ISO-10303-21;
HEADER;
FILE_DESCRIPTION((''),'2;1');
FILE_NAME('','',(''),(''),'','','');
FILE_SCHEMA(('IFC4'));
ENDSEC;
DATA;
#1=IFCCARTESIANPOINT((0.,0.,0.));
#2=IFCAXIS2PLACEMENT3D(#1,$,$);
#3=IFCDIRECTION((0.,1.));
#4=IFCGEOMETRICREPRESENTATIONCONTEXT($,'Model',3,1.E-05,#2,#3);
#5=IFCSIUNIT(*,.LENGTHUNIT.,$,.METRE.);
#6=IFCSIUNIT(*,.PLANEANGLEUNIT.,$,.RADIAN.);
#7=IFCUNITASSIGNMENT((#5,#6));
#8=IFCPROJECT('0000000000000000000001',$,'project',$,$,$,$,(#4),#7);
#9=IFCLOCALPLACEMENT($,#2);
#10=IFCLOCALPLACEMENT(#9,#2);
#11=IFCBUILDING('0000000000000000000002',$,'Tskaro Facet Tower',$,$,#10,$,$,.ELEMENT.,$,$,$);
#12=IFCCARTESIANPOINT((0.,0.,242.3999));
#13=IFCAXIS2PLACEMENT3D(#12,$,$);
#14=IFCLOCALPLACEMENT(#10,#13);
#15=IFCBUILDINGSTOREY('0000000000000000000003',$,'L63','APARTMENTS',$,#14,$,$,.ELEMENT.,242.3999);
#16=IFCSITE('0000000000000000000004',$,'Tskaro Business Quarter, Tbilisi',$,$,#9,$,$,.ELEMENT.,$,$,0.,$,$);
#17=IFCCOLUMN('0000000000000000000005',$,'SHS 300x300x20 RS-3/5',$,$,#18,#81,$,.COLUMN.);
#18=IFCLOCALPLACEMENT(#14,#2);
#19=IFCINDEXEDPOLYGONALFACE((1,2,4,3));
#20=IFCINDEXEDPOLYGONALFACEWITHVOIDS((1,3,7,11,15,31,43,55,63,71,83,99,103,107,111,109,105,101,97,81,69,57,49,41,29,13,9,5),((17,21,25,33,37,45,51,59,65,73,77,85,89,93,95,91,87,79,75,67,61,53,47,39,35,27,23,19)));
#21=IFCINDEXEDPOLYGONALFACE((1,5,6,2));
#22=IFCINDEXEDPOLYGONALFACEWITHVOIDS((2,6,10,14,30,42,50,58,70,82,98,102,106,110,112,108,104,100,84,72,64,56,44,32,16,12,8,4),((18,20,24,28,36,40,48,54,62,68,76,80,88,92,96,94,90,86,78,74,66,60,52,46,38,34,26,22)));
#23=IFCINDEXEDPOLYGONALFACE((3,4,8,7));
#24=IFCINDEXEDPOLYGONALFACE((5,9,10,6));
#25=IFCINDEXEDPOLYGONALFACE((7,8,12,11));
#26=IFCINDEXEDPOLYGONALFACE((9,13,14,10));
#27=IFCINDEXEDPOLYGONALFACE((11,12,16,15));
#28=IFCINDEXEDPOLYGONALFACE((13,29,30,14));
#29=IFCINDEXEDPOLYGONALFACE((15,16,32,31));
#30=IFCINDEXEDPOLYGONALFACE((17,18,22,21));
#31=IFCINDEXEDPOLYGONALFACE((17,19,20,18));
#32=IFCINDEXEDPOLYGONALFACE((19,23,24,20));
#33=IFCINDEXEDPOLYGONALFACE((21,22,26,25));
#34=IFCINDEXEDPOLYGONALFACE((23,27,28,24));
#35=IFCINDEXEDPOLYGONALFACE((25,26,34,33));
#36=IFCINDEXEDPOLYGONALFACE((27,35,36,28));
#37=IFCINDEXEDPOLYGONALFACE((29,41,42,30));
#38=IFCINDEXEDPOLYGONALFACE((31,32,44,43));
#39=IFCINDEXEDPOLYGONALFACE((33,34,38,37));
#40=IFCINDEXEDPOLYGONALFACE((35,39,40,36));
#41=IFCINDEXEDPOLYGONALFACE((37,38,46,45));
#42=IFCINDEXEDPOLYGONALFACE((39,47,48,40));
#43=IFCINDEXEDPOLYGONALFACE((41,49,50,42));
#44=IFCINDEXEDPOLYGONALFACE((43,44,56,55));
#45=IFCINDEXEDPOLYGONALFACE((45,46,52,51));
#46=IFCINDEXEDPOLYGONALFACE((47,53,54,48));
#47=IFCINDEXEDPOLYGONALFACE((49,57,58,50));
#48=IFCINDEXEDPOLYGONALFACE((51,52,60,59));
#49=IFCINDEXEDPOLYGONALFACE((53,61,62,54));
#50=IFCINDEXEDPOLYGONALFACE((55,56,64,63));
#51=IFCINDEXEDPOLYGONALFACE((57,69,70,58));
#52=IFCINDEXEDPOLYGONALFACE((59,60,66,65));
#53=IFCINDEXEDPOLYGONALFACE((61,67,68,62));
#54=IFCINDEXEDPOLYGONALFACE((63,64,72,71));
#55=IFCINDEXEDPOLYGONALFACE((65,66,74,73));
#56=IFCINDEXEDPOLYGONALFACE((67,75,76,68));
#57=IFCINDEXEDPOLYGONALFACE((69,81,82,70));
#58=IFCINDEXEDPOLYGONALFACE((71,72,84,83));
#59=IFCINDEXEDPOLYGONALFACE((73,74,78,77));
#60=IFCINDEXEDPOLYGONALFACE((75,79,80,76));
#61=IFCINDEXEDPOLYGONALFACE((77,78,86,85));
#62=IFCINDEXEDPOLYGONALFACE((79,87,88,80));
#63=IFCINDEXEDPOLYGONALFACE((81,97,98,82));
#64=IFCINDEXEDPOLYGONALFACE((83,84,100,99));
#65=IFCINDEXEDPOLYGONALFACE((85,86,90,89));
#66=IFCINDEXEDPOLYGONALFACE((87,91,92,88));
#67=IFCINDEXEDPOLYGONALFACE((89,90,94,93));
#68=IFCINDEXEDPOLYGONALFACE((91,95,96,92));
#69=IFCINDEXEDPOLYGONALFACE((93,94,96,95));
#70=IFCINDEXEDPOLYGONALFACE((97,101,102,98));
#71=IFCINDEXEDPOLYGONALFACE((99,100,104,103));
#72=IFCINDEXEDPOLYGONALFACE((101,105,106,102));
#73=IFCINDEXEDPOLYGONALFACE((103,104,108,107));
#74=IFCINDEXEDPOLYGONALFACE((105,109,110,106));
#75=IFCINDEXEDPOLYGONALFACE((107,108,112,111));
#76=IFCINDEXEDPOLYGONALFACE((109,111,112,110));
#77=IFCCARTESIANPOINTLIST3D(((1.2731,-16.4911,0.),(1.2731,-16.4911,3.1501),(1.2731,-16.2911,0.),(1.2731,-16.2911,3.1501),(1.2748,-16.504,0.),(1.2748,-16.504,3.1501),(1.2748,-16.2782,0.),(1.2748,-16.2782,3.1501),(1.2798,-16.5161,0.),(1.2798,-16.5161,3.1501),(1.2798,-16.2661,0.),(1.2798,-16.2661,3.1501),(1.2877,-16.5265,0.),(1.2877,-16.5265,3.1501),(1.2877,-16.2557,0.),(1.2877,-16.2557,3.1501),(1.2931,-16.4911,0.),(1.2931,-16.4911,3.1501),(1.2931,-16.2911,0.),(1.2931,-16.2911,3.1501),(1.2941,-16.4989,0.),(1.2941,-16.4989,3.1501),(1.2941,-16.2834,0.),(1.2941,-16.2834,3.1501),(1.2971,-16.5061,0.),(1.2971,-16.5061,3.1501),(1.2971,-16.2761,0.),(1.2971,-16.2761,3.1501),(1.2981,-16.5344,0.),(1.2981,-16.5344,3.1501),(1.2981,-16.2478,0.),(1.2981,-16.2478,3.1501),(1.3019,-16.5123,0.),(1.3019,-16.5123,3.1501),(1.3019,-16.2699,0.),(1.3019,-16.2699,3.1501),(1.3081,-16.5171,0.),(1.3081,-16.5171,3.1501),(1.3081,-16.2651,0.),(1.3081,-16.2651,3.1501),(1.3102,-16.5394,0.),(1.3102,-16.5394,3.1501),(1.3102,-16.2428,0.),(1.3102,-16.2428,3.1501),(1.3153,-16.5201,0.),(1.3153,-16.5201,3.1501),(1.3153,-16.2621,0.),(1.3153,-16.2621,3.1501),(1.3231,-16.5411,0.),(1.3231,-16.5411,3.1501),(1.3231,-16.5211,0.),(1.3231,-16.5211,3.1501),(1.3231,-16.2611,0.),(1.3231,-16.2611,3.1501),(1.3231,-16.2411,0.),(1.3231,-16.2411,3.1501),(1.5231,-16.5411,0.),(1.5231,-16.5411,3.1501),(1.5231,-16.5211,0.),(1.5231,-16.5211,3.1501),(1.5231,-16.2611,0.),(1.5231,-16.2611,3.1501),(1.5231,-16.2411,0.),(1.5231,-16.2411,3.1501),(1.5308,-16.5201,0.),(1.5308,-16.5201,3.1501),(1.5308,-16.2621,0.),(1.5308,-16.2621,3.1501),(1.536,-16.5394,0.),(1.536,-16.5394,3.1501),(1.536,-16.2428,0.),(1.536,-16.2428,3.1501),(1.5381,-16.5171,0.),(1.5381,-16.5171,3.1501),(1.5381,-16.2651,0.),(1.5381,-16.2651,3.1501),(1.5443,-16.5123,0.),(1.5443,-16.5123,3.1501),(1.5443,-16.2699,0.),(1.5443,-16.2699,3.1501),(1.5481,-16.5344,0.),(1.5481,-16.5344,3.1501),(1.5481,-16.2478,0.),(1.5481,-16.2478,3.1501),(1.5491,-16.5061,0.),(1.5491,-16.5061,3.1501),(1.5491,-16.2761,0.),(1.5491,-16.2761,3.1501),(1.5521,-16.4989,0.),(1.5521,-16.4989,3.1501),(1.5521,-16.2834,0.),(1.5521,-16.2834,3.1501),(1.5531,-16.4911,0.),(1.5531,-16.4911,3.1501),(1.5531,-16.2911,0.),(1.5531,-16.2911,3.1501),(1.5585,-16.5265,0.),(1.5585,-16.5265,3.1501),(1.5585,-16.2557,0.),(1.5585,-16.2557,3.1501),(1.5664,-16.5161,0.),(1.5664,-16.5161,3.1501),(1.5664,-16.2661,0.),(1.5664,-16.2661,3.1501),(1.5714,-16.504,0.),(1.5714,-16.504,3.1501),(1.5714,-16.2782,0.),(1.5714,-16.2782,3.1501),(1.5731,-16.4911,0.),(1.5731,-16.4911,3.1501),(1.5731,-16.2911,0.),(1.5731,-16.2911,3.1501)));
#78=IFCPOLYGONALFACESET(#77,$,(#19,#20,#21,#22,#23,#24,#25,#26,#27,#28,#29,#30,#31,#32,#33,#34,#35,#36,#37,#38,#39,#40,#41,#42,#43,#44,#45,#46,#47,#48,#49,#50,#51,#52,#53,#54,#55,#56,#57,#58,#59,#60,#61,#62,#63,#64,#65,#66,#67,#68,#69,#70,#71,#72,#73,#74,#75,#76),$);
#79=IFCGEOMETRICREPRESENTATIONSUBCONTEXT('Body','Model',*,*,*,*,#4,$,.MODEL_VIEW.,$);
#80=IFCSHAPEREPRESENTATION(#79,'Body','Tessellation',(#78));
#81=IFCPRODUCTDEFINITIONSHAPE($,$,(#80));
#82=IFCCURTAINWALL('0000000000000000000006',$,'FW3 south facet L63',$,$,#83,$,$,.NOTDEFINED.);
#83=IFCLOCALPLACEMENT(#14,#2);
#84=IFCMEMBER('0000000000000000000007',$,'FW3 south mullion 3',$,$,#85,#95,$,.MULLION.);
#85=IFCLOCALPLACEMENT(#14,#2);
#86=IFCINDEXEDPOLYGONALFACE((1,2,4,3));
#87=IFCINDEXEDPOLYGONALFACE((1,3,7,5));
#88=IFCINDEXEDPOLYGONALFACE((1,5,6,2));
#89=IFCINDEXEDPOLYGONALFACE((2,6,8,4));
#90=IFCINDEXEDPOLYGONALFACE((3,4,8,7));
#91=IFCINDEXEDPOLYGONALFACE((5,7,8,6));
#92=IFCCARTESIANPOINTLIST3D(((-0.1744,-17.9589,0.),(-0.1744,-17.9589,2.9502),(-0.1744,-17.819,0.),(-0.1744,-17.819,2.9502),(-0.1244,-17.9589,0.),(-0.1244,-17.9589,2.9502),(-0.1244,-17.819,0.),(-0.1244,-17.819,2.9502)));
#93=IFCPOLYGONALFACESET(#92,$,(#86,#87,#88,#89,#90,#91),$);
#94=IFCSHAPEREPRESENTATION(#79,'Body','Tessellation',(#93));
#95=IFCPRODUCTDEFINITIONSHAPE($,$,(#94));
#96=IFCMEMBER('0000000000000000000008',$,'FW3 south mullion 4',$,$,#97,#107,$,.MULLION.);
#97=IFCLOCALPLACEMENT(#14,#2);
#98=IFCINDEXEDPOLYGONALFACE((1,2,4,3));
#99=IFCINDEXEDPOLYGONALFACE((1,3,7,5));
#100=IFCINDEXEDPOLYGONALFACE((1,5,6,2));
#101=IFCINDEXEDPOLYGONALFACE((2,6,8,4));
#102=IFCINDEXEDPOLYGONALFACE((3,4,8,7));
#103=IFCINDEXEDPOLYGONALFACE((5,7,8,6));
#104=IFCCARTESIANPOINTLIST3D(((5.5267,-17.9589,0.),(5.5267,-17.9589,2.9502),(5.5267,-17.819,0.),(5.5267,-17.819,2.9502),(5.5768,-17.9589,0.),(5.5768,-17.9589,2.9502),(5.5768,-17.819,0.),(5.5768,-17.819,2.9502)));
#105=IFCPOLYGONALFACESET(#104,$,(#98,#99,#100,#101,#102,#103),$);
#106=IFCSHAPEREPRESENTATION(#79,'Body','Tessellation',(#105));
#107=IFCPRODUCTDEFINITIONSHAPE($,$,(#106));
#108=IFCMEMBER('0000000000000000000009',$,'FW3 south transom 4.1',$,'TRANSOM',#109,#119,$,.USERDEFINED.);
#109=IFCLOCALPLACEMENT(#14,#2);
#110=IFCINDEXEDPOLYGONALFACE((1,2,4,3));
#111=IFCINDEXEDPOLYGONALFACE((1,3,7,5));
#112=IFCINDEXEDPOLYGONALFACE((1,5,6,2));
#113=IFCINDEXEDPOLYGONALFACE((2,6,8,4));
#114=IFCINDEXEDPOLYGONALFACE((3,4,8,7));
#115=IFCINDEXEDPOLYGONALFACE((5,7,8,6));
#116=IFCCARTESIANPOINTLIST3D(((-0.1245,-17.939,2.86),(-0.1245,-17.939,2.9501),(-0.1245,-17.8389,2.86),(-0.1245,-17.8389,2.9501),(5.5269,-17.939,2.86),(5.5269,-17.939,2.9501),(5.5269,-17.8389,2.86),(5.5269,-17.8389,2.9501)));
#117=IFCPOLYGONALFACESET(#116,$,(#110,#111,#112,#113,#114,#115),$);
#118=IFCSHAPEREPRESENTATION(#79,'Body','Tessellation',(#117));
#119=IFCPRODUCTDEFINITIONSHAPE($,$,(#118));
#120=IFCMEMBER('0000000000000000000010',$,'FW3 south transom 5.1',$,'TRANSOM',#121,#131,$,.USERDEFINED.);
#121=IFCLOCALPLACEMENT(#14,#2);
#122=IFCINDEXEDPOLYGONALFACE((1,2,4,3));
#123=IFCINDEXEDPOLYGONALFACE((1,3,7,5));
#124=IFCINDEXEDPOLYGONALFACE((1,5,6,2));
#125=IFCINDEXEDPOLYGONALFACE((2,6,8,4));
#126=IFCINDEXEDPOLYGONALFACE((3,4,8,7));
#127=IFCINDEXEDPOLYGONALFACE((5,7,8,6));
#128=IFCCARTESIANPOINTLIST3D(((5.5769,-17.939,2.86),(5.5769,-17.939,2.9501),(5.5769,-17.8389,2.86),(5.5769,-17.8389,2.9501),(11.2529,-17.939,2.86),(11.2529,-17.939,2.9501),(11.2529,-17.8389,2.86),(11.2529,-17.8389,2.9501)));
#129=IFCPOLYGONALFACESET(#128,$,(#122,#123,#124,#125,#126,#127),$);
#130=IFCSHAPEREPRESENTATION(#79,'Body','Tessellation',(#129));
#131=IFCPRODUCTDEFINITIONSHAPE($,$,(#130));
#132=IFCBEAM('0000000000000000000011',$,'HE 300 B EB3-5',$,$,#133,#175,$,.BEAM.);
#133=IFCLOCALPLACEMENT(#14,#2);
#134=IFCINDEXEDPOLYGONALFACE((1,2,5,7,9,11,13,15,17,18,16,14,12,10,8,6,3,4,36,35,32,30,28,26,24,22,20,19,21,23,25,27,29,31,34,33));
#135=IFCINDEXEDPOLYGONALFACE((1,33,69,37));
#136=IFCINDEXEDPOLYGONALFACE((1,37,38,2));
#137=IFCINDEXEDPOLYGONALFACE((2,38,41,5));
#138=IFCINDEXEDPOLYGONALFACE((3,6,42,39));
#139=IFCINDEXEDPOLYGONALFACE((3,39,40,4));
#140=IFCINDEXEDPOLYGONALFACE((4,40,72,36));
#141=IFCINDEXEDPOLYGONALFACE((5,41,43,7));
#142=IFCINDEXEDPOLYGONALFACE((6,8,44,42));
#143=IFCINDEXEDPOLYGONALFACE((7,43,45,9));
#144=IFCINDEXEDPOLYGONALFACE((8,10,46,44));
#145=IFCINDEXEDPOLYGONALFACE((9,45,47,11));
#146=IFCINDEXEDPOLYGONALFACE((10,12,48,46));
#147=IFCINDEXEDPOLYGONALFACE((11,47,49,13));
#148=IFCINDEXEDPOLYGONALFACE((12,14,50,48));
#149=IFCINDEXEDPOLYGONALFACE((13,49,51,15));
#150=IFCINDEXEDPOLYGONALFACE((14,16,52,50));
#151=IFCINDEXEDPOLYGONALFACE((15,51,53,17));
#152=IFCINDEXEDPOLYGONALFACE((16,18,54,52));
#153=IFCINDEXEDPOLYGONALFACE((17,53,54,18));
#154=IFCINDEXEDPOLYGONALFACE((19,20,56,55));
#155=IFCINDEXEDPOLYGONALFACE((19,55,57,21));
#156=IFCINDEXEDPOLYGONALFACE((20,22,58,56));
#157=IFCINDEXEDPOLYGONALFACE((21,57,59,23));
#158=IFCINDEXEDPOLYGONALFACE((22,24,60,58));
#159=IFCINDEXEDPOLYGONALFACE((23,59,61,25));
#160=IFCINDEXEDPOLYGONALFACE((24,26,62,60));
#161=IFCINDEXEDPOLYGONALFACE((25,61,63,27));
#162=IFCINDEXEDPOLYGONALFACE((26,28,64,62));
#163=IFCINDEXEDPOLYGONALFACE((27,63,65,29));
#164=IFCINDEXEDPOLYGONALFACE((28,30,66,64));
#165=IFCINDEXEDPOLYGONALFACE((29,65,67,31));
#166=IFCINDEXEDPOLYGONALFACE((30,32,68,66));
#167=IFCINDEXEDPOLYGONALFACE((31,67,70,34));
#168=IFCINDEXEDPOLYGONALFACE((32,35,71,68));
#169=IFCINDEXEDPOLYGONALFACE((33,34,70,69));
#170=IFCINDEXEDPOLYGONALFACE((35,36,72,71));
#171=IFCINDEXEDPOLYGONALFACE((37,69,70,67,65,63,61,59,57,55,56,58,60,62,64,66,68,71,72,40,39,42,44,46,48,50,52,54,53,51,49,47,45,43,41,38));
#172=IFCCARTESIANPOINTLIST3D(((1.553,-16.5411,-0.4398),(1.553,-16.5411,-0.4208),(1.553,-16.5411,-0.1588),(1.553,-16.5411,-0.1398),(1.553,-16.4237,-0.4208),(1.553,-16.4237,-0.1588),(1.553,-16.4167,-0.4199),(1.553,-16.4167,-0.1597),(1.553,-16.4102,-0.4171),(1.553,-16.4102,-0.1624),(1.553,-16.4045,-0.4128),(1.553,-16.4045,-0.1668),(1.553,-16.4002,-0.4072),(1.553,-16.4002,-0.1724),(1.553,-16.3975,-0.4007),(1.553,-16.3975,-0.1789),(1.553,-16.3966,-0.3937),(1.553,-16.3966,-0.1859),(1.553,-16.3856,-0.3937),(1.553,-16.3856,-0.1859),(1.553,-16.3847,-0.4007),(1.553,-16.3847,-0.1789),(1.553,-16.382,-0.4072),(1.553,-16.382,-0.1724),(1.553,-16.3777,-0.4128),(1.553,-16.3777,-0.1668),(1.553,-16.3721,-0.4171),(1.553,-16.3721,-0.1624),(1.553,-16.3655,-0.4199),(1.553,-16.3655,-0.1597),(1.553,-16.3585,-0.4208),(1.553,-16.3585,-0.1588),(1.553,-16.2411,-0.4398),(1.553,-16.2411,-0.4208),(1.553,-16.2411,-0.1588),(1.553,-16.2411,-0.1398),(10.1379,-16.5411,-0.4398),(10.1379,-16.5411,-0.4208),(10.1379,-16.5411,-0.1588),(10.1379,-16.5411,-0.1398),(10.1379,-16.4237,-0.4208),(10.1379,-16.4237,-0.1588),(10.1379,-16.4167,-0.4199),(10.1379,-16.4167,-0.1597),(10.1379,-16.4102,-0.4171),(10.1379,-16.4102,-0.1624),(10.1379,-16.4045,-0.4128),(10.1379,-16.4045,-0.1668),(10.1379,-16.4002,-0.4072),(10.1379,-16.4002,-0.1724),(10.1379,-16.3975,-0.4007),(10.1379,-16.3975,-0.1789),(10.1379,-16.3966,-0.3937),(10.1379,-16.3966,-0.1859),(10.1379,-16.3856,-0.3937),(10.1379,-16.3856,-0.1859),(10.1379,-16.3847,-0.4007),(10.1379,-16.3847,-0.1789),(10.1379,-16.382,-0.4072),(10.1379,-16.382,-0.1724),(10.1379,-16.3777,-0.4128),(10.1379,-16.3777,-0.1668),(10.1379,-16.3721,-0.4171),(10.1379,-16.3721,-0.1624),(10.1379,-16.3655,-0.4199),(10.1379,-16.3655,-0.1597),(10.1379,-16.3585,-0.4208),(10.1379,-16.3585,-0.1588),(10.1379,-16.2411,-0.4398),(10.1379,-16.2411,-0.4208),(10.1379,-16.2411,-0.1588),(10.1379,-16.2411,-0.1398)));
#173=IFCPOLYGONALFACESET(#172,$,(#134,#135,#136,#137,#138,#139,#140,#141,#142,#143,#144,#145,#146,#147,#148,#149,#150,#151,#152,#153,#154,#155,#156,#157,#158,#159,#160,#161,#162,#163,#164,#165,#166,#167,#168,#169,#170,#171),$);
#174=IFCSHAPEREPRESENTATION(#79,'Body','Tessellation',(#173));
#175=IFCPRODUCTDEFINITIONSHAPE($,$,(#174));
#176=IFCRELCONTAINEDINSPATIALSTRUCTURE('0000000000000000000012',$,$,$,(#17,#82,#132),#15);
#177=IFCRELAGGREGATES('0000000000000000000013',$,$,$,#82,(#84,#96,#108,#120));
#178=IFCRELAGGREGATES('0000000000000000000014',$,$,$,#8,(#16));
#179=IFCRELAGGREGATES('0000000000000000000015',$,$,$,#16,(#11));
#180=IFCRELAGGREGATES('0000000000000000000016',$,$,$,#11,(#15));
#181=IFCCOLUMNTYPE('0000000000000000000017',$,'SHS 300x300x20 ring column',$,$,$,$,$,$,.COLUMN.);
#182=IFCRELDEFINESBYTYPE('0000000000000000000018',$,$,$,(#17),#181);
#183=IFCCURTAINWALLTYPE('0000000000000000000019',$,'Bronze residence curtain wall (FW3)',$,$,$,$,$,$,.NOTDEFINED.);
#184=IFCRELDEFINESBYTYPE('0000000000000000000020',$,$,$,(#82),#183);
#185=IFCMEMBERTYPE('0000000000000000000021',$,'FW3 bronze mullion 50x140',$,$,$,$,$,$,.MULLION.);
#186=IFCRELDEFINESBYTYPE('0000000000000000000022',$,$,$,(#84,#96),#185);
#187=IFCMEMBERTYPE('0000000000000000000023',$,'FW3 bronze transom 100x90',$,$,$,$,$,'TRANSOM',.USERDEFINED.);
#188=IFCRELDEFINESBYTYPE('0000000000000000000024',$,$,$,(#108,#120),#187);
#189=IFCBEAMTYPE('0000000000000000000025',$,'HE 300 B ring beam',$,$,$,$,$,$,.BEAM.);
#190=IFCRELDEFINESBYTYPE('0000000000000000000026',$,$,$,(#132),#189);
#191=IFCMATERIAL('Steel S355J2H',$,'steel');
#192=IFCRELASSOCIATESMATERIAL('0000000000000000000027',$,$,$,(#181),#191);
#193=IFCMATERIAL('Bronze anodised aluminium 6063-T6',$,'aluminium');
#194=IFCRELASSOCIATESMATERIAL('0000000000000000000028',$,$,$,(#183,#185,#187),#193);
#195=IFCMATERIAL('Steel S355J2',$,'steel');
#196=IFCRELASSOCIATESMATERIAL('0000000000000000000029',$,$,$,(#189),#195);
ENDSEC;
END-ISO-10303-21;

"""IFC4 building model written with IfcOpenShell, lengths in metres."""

from ifc_helpers import new_model, si_unit, direction, frame, origin, origin_2d, place, context, subcontext, project, spatial, rectangle, hollow_rectangle, i_section, extrude, material, material_profile, profile_set, type_object, element, aggregate, save


model = new_model("IFC4")

# Units and contexts
model_context = context("Model", 3, precision=1e-05, world=origin(), true_north=direction((0.0, 1.0)))
body_context = subcontext(model_context, "Body", "Model", "MODEL_VIEW")
ifc_project = project(units=[si_unit("LENGTHUNIT", "METRE"), si_unit("PLANEANGLEUNIT", "RADIAN")], contexts=[model_context])

# Site, building, storey
site_placement = place(None, origin())
site = spatial("IfcSite", under=ifc_project, at=site_placement, Name="Tskaro Business Quarter, Tbilisi", CompositionType="ELEMENT", RefElevation=0.0)
building_placement = place(site_placement, origin())
building = spatial("IfcBuilding", under=site, at=building_placement, Name="Tskaro Facet Tower", CompositionType="ELEMENT")
storey_placement = place(building_placement, frame((0.0, 0.0, 242.3999)))
storey = spatial("IfcBuildingStorey", under=building, at=storey_placement, Name="L63", Description="APARTMENTS", CompositionType="ELEMENT", Elevation=242.3999)

# Column
ifc_material_1 = material(Name="Steel S355J2H", Category="steel")
ifc_material_profile_1 = material_profile(ifc_material_1, hollow_rectangle(XDim=0.3, YDim=0.3, WallThickness=0.02, InnerFilletRadius=0.03, OuterFilletRadius=0.05, at=origin_2d()), Name="SHS 300x300x20")
ifc_profile_set_1 = profile_set([ifc_material_profile_1], Name="Steel S355J2H")
column_type = type_object("IfcColumnType", Name="SHS 300x300x20 ring column", PredefinedType="COLUMN", material=ifc_profile_set_1)
column_placement = place(storey_placement, frame((1.4231, -16.3911, 0.0), z_axis=(0.0, 0.0, 1.0), x_axis=(1.0, 0.0, 0.0)))
element("IfcColumn", 1, at=column_placement, inside=storey, type_object=column_type, Name="SHS 300x300x20 RS-3/5", PredefinedType="COLUMN", context=body_context, shape_type="SweptSolid", body=[
    extrude(hollow_rectangle(XDim=0.3, YDim=0.3, WallThickness=0.02, InnerFilletRadius=0.03, OuterFilletRadius=0.05, at=origin_2d()), origin(), (0.0, 0.0, 1.0), 3.1501),
])

# Curtain wall, members
ifc_material_2 = material(Name="Bronze anodised aluminium 6063-T6", Category="aluminium")
curtain_wall_type = type_object("IfcCurtainWallType", Name="Bronze residence curtain wall (FW3)", PredefinedType="NOTDEFINED", material=ifc_material_2)
curtain_wall_placement = place(storey_placement, origin())
curtain_wall = element("IfcCurtainWall", 2, at=curtain_wall_placement, inside=storey, type_object=curtain_wall_type, Name="FW3 south facet L63", PredefinedType="NOTDEFINED")
ifc_material_profile_2 = material_profile(ifc_material_2, rectangle(XDim=0.05, YDim=0.1399, at=origin_2d()), Name="Mullion 50x140")
ifc_profile_set_2 = profile_set([ifc_material_profile_2], Name="Bronze anodised aluminium 6063-T6")
member_type_1 = type_object("IfcMemberType", Name="FW3 bronze mullion 50x140", PredefinedType="MULLION", material=ifc_profile_set_2)
member_1_placement = place(storey_placement, frame((-0.1494, -17.8889, 0.0), z_axis=(0.0, 0.0, 1.0), x_axis=(1.0, 0.0, 0.0)))
member_1 = element("IfcMember", 3, at=member_1_placement, type_object=member_type_1, Name="FW3 south mullion 3", PredefinedType="MULLION", context=body_context, shape_type="SweptSolid", body=[
    extrude(rectangle(XDim=0.05, YDim=0.1399, at=origin_2d()), origin(), (0.0, 0.0, 1.0), 2.9502),
])
member_2_placement = place(storey_placement, frame((5.5518, -17.8889, 0.0), z_axis=(0.0, 0.0, 1.0), x_axis=(1.0, 0.0, 0.0)))
member_2 = element("IfcMember", 4, at=member_2_placement, type_object=member_type_1, Name="FW3 south mullion 4", PredefinedType="MULLION", context=body_context, shape_type="SweptSolid", body=[
    extrude(rectangle(XDim=0.05, YDim=0.1399, at=origin_2d()), origin(), (0.0, 0.0, 1.0), 2.9502),
])
ifc_material_profile_3 = material_profile(ifc_material_2, rectangle(XDim=0.1001, YDim=0.0901, at=origin_2d()), Name="Transom 100x90")
ifc_profile_set_3 = profile_set([ifc_material_profile_3], Name="Bronze anodised aluminium 6063-T6")
member_type_2 = type_object("IfcMemberType", Name="FW3 bronze transom 100x90", ElementType="TRANSOM", PredefinedType="USERDEFINED", material=ifc_profile_set_3)
member_3_placement = place(storey_placement, frame((-0.1245, -17.8889, 2.905), z_axis=(1.0, 0.0, 0.0), x_axis=(0.0, 1.0, 0.0)))
member_3 = element("IfcMember", 5, at=member_3_placement, type_object=member_type_2, Name="FW3 south transom 4.1", ObjectType="TRANSOM", PredefinedType="USERDEFINED", context=body_context, shape_type="SweptSolid", body=[
    extrude(rectangle(XDim=0.1001, YDim=0.0901, at=origin_2d()), origin(), (0.0, 0.0, 1.0), 5.6514),
])
member_4_placement = place(storey_placement, frame((5.5769, -17.8889, 2.905), z_axis=(1.0, 0.0, 0.0), x_axis=(0.0, 1.0, 0.0)))
member_4 = element("IfcMember", 6, at=member_4_placement, type_object=member_type_2, Name="FW3 south transom 5.1", ObjectType="TRANSOM", PredefinedType="USERDEFINED", context=body_context, shape_type="SweptSolid", body=[
    extrude(rectangle(XDim=0.1001, YDim=0.0901, at=origin_2d()), origin(), (0.0, 0.0, 1.0), 5.676),
])

# Beam
ifc_material_3 = material(Name="Steel S355J2", Category="steel")
ifc_material_profile_4 = material_profile(ifc_material_3, i_section(OverallWidth=0.3, OverallDepth=0.3, WebThickness=0.011, FlangeThickness=0.019, FilletRadius=0.0271, at=origin_2d()), Name="HE 300 B")
ifc_profile_set_4 = profile_set([ifc_material_profile_4], Name="Steel S355J2")
beam_type_1 = type_object("IfcBeamType", Name="HE 300 B ring beam", PredefinedType="BEAM", material=ifc_profile_set_4)
beam_1_placement = place(storey_placement, frame((1.553, -16.3911, -0.2898), z_axis=(1.0, 0.0, 0.0), x_axis=(0.0, 1.0, 0.0)))
element("IfcBeam", 7, at=beam_1_placement, inside=storey, type_object=beam_type_1, Name="HE 300 B EB3-5", PredefinedType="BEAM", context=body_context, shape_type="SweptSolid", body=[
    extrude(i_section(OverallWidth=0.3, OverallDepth=0.3, WebThickness=0.011, FlangeThickness=0.019, FilletRadius=0.0271, at=origin_2d()), origin(), (0.0, 0.0, 1.0), 8.585),
])

aggregate(curtain_wall, [member_1, member_2, member_3, member_4])

save(model, "model.ifc")
